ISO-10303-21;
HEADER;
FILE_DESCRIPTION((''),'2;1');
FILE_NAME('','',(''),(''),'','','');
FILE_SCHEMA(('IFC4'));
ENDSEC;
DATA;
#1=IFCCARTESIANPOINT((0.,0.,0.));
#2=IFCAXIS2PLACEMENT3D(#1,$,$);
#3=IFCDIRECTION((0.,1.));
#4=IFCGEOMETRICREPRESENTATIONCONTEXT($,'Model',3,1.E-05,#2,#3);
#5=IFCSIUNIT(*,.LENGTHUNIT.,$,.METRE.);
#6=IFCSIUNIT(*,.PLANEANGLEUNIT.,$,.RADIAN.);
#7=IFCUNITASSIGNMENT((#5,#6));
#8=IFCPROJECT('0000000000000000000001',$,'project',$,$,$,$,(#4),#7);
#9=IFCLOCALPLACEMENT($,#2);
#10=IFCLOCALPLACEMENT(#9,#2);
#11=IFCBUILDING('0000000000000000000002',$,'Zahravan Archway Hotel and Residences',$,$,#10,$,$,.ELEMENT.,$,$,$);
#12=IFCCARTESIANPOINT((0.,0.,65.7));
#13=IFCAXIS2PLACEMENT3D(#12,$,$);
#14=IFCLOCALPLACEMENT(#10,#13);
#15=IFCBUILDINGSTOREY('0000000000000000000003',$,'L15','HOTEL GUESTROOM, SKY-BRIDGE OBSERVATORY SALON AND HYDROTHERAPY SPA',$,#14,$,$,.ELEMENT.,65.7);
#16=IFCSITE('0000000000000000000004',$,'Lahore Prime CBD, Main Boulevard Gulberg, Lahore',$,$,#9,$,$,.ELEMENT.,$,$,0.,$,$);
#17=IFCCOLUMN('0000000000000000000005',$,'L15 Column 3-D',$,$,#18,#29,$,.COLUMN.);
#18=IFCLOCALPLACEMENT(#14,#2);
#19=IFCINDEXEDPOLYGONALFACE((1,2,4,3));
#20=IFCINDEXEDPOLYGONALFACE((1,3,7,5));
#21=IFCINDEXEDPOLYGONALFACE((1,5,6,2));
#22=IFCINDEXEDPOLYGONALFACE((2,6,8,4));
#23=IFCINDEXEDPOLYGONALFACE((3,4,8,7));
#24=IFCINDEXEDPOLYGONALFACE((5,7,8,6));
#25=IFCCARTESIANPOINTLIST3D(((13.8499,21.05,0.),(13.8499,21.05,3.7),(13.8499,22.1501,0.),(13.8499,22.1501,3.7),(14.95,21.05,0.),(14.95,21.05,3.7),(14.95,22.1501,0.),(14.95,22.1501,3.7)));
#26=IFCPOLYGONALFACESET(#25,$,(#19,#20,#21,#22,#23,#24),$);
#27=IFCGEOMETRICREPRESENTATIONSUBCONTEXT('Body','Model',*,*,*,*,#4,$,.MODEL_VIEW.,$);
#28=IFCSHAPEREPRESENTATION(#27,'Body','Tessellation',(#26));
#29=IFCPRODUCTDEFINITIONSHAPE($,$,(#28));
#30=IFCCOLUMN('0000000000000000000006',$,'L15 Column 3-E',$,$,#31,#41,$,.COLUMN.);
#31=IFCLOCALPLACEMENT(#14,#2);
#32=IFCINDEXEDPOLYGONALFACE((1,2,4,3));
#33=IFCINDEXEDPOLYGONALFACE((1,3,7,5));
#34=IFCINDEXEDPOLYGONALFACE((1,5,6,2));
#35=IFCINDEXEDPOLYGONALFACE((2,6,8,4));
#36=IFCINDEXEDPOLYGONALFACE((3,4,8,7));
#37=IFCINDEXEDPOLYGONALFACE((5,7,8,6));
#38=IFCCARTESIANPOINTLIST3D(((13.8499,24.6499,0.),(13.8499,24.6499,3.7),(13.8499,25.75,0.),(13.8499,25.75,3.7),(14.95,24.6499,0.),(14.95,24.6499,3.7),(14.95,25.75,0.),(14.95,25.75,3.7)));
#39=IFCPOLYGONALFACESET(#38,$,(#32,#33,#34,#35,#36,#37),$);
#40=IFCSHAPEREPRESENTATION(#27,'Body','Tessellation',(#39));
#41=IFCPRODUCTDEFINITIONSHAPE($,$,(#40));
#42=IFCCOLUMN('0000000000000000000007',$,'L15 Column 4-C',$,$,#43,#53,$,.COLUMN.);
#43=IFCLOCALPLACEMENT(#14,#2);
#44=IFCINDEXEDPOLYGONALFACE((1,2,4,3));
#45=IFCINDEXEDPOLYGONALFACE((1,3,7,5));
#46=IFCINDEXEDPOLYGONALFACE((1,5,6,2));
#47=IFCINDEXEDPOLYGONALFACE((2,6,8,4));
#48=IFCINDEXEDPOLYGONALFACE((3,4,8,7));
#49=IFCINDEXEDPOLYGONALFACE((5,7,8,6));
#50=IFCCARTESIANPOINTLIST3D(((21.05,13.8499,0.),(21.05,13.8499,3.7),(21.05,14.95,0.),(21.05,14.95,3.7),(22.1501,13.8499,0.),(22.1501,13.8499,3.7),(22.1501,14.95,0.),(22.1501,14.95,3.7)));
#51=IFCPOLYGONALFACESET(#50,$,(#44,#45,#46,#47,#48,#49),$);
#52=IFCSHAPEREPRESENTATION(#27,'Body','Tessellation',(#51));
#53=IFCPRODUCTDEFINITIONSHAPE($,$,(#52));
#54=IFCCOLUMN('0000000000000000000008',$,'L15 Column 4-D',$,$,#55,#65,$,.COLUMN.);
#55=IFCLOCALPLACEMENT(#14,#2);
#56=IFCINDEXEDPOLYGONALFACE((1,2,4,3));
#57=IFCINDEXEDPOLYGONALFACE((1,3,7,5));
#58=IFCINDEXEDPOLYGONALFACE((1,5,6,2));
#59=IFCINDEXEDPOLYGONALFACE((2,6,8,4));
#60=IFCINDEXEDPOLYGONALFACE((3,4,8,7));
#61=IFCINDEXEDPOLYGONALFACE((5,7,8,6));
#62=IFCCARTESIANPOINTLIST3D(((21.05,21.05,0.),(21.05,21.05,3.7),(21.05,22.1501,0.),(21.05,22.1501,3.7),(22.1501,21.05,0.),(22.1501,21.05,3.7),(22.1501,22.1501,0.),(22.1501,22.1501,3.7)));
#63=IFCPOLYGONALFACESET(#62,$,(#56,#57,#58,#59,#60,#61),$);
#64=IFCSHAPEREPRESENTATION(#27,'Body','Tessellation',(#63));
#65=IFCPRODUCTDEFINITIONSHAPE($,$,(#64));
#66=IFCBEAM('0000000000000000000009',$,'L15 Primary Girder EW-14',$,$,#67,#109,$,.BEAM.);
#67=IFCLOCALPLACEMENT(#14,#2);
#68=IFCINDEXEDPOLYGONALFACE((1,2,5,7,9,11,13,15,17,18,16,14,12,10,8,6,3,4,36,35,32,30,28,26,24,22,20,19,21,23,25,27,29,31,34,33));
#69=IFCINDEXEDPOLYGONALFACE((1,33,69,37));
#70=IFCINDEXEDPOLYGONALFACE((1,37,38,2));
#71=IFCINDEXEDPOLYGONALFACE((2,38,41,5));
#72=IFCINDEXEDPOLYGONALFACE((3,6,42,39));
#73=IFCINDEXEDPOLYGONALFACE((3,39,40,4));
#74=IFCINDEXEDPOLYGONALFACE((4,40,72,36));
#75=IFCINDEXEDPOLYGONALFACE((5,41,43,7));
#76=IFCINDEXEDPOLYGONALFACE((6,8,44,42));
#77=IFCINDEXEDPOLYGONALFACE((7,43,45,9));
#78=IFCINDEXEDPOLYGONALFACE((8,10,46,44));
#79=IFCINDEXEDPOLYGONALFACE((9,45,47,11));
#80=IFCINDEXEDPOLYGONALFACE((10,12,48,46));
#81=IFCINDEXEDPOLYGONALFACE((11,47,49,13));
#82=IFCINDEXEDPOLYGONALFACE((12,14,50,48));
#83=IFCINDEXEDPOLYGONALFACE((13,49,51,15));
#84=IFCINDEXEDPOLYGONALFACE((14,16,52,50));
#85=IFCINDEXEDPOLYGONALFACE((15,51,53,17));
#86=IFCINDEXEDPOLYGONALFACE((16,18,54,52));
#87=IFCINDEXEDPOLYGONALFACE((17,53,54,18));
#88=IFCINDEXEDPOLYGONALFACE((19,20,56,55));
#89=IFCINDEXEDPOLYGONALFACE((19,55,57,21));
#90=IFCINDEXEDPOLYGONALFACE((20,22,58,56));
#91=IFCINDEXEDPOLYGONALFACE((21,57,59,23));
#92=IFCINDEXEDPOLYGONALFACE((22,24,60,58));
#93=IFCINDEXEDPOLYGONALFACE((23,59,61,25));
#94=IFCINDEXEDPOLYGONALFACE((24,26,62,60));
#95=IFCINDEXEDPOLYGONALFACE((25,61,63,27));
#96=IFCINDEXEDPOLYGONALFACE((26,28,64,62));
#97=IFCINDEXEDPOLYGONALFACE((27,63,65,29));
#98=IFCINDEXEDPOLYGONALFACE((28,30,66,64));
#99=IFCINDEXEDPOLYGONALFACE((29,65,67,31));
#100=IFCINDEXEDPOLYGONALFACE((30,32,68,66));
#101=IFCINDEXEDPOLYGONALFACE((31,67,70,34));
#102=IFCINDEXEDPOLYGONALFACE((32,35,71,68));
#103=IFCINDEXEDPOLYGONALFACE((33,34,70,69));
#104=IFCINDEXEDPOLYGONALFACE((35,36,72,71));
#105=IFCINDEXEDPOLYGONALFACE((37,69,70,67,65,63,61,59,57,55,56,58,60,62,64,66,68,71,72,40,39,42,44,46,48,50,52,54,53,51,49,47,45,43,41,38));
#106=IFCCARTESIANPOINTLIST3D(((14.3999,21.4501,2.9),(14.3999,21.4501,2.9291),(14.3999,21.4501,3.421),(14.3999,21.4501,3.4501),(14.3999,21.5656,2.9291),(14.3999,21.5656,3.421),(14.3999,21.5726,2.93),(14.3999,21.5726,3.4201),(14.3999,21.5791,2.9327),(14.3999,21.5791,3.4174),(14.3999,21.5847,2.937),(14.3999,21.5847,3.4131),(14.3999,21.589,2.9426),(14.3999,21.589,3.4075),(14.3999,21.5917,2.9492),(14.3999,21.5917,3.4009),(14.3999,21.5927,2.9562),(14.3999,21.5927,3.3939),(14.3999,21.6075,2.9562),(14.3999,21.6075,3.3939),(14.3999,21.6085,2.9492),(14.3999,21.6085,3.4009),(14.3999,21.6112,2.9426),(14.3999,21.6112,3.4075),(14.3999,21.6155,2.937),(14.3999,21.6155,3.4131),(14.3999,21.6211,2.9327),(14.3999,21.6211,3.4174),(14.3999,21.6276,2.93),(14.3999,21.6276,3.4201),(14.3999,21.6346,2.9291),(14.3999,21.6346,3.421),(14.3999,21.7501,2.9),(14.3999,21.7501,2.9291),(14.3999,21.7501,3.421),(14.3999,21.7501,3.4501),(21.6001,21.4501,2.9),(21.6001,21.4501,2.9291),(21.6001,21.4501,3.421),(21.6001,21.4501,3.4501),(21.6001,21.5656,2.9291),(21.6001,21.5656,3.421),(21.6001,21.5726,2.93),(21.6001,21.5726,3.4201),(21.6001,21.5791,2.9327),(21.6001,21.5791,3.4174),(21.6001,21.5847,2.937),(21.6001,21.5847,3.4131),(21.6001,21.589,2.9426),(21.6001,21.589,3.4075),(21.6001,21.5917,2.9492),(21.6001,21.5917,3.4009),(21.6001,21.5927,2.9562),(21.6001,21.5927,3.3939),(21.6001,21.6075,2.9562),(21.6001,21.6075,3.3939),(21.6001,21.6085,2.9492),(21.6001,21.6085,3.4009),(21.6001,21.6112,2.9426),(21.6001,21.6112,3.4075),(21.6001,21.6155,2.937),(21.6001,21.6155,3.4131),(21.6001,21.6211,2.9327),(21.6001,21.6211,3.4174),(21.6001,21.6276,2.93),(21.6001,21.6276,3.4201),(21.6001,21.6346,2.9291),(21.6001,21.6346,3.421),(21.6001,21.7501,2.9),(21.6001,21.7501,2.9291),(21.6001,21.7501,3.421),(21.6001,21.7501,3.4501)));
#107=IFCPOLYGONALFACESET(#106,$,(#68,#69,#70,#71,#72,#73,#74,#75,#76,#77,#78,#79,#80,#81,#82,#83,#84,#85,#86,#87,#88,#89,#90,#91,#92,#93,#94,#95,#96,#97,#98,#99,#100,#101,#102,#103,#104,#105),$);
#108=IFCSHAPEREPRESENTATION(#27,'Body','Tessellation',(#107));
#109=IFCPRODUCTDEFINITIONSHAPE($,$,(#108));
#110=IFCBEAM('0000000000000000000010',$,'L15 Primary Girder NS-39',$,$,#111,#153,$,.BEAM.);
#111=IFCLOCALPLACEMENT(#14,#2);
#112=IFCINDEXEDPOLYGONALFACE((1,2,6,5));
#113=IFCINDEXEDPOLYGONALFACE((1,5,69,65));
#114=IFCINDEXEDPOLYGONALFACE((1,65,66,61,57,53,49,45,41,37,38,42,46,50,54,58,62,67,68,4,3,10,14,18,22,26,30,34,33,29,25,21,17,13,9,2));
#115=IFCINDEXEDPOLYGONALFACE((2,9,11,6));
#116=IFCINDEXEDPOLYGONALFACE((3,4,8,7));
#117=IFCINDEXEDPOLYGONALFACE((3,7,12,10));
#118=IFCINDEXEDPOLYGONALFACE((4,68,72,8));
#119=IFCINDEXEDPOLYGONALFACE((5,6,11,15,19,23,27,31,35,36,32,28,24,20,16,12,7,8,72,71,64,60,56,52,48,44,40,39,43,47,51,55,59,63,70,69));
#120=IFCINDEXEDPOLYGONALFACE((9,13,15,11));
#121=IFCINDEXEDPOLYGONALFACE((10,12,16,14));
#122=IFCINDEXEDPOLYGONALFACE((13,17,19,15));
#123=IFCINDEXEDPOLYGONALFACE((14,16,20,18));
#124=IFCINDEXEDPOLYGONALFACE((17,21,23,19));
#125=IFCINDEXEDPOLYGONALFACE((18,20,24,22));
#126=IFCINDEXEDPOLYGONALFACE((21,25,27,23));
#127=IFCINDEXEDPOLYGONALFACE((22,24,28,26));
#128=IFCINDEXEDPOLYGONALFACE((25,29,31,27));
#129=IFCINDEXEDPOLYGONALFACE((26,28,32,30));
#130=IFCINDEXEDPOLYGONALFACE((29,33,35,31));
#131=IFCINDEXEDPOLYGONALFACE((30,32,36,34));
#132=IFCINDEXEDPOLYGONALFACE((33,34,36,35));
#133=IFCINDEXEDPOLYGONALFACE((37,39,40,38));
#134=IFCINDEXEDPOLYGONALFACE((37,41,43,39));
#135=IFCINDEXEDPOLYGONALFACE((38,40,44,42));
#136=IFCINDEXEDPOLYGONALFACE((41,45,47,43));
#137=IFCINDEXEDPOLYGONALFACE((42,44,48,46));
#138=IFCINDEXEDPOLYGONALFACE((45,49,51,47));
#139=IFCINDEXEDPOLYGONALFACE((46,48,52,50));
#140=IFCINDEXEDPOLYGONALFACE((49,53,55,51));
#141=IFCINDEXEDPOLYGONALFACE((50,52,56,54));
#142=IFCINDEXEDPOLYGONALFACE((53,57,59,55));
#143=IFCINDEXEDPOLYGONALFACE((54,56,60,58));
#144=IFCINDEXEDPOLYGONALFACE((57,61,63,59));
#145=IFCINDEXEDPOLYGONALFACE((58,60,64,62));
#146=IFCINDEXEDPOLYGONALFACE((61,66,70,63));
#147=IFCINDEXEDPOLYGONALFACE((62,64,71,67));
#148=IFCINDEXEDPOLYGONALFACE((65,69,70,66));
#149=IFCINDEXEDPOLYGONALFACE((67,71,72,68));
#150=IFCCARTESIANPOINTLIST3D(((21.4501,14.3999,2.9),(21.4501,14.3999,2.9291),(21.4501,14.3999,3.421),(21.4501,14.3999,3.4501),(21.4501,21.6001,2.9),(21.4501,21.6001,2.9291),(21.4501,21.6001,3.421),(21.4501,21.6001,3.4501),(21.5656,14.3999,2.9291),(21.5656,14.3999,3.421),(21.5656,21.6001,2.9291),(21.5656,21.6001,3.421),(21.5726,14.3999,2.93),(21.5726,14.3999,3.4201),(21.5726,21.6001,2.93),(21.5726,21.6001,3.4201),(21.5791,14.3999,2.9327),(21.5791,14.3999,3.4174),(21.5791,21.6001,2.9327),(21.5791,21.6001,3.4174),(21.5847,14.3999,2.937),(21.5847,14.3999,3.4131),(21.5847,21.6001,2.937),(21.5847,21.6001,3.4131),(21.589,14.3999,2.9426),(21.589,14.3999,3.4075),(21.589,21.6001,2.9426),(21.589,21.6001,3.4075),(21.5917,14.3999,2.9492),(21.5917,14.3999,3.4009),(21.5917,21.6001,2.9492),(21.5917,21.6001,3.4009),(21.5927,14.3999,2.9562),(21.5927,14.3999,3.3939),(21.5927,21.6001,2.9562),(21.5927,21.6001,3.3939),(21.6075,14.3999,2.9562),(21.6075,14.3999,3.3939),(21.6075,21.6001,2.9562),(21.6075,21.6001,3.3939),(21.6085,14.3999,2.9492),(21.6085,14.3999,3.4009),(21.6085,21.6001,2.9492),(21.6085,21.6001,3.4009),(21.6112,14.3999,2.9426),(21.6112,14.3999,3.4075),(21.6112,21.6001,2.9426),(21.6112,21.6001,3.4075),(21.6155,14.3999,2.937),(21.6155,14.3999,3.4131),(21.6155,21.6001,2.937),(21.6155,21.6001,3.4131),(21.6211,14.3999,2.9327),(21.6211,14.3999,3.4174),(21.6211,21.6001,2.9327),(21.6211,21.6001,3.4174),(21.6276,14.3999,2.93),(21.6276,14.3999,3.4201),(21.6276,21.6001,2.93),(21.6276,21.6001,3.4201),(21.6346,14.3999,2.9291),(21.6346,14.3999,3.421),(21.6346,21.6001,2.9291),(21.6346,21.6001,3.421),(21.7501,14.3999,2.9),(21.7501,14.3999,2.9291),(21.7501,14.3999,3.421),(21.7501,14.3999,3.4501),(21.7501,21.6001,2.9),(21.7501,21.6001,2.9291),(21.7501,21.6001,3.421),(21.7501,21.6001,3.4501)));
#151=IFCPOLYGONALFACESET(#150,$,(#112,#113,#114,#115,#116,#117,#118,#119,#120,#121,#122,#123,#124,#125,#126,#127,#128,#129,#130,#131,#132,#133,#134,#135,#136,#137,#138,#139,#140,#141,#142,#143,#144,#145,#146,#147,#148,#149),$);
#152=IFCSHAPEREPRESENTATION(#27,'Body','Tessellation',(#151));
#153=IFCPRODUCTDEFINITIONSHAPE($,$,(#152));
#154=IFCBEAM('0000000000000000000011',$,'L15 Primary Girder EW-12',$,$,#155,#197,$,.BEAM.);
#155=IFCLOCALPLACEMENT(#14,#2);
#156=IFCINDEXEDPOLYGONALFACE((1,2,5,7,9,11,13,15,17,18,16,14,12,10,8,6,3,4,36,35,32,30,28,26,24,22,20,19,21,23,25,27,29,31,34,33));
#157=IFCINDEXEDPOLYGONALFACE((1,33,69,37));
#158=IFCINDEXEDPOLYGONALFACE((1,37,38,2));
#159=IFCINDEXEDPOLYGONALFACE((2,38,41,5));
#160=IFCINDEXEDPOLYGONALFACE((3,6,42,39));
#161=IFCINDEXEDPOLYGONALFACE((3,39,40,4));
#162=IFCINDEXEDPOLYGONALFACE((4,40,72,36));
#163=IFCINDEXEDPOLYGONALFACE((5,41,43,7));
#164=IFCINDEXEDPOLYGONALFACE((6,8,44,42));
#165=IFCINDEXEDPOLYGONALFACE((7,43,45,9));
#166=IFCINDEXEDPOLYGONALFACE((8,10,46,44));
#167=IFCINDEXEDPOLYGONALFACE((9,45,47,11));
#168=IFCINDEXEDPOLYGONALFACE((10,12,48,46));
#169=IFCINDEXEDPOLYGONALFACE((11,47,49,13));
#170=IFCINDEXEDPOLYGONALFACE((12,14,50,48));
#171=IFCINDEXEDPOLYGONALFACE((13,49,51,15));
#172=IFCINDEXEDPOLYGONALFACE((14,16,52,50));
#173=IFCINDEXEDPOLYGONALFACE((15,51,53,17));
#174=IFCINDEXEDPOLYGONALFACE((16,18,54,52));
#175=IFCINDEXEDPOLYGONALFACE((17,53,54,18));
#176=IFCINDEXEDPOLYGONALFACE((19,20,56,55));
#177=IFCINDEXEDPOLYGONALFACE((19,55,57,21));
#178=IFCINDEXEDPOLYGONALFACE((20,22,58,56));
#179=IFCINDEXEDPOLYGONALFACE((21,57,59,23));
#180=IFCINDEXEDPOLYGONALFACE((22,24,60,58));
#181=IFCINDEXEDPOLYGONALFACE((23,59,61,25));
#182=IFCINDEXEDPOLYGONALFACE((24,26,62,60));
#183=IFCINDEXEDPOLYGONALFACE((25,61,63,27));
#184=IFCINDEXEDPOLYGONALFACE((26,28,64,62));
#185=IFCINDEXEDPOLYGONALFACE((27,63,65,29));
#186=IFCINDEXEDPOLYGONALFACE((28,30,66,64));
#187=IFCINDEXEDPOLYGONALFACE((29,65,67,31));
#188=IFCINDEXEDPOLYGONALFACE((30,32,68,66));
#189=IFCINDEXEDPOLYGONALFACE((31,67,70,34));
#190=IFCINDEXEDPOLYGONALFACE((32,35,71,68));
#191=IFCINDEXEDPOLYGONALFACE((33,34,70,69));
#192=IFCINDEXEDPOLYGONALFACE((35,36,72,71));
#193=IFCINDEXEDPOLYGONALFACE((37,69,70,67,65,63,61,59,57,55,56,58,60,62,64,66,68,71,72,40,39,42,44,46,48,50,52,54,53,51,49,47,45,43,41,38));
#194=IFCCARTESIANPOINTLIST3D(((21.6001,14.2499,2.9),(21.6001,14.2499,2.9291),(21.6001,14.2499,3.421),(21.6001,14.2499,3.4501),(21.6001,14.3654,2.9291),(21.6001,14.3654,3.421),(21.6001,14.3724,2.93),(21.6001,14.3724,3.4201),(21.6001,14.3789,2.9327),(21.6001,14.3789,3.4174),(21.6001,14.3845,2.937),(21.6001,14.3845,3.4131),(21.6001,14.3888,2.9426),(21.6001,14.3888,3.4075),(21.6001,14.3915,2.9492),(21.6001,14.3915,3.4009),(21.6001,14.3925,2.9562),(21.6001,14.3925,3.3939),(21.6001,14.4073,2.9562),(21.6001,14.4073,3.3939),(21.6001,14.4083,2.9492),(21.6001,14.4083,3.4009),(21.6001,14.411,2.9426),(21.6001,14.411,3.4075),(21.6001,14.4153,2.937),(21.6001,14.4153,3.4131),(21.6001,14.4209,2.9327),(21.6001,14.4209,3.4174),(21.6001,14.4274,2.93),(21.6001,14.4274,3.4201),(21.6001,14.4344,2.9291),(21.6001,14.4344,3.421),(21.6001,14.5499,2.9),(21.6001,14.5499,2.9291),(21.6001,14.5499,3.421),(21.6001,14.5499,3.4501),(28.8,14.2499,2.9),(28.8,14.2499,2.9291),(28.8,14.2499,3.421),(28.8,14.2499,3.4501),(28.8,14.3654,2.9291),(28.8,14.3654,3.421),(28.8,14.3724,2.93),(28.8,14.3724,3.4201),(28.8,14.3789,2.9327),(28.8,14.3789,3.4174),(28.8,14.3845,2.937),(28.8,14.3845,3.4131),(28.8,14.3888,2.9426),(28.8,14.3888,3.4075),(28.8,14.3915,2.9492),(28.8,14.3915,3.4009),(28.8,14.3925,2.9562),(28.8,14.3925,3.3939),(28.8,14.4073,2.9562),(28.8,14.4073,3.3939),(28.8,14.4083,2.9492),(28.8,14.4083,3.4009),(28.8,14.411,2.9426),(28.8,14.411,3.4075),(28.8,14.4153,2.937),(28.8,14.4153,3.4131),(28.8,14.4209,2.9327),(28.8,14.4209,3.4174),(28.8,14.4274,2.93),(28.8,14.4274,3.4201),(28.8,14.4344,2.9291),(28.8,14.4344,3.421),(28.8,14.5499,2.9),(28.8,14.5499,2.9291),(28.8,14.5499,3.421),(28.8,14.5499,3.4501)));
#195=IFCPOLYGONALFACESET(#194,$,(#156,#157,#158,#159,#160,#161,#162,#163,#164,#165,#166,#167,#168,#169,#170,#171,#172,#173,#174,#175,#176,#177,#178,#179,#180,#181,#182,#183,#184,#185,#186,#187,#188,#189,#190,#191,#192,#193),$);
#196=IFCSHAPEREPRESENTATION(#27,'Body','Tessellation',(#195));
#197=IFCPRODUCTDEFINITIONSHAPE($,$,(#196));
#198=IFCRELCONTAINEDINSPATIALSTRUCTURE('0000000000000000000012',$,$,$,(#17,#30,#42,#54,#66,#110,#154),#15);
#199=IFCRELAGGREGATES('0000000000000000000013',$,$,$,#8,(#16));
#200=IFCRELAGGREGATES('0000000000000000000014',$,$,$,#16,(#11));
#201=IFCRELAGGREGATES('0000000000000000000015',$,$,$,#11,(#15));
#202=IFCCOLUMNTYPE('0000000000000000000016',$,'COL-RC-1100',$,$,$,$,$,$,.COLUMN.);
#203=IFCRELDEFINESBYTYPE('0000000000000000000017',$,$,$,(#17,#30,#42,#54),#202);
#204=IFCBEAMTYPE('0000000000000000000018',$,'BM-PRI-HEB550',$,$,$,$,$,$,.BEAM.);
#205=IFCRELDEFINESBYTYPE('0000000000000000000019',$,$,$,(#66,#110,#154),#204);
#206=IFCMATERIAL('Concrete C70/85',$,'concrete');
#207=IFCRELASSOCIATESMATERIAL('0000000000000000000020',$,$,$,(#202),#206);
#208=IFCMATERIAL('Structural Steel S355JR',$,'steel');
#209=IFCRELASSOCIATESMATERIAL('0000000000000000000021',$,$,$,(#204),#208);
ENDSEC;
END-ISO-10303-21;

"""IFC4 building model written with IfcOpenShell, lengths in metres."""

from ifc_helpers import new_model, si_unit, direction, frame, origin, origin_2d, place, context, subcontext, project, spatial, rectangle, i_section, extrude, source, transform, mapped, material, material_profile, profile_set, type_object, type_shapes, element, save


model = new_model("IFC4")

# Units and contexts
model_context = context("Model", 3, precision=1e-05, world=origin(), true_north=direction((0.0, 1.0)))
body_context = subcontext(model_context, "Body", "Model", "MODEL_VIEW")
ifc_project = project(units=[si_unit("LENGTHUNIT", "METRE"), si_unit("PLANEANGLEUNIT", "RADIAN")], contexts=[model_context])

# Site, building, storey
site_placement = place(None, origin())
site = spatial("IfcSite", under=ifc_project, at=site_placement, Name="Lahore Prime CBD, Main Boulevard Gulberg, Lahore", CompositionType="ELEMENT", RefElevation=0.0)
building_placement = place(site_placement, origin())
building = spatial("IfcBuilding", under=site, at=building_placement, Name="Zahravan Archway Hotel and Residences", CompositionType="ELEMENT")
storey_placement = place(building_placement, frame((0.0, 0.0, 65.7)))
storey = spatial("IfcBuildingStorey", under=building, at=storey_placement, Name="L15", Description="HOTEL GUESTROOM, SKY-BRIDGE OBSERVATORY SALON AND HYDROTHERAPY SPA", CompositionType="ELEMENT", Elevation=65.7)

# Columns
ifc_material_1 = material(Name="Concrete C70/85", Category="concrete")
ifc_material_profile_1 = material_profile(ifc_material_1, rectangle(XDim=1.1001, YDim=1.1001, at=origin_2d()), Name="RC 1100x1100", Category="concrete")
ifc_profile_set_1 = profile_set([ifc_material_profile_1], Name="Concrete C70/85")
column_type = type_object("IfcColumnType", Name="COL-RC-1100", PredefinedType="COLUMN", material=ifc_profile_set_1)
shared_shape_1 = source(origin(), body_context, "Body", "SweptSolid", [
    extrude(rectangle(XDim=1.1001, YDim=1.1001, at=origin_2d()), origin(), (0.0, 0.0, 1.0), 3.7),
])
for number, where, z_axis, x_axis, name in (
    (1, (14.3999, 21.6001, 0.0), (0.0, 0.0, 1.0), (1.0, 0.0, 0.0), "L15 Column 3-D"),
    (2, (14.3999, 25.2, 0.0), (0.0, 0.0, 1.0), (1.0, 0.0, 0.0), "L15 Column 3-E"),
    (3, (21.6001, 14.3999, 0.0), (0.0, 0.0, 1.0), (1.0, 0.0, 0.0), "L15 Column 4-C"),
    (4, (21.6001, 21.6001, 0.0), (0.0, 0.0, 1.0), (1.0, 0.0, 0.0), "L15 Column 4-D"),
):
    element("IfcColumn", number, at=place(storey_placement, frame(where, z_axis=z_axis, x_axis=x_axis)), inside=storey, type_object=column_type, Name=name, PredefinedType="COLUMN", context=body_context, shape_type="MappedRepresentation", body=[
        mapped(shared_shape_1, transform((0.0, 0.0, 0.0), scale=1.0)),
    ])

# Beams
ifc_material_2 = material(Name="Structural Steel S355JR", Category="steel")
ifc_material_profile_2 = material_profile(ifc_material_2, i_section(OverallWidth=0.3, OverallDepth=0.55, WebThickness=0.0149, FlangeThickness=0.0291, FilletRadius=0.0271, at=origin_2d()), Name="HEB 550", Category="steel")
ifc_profile_set_2 = profile_set([ifc_material_profile_2], Name="Structural Steel S355JR")
beam_type_1 = type_object("IfcBeamType", Name="BM-PRI-HEB550", PredefinedType="BEAM", material=ifc_profile_set_2)
shared_shape_2 = source(origin(), body_context, "Body", "SweptSolid", [
    extrude(i_section(OverallWidth=0.3, OverallDepth=0.55, WebThickness=0.0149, FlangeThickness=0.0291, FilletRadius=0.0271, at=origin_2d()), origin(), (0.0, 0.0, 1.0), 7.2002),
])
type_shapes(beam_type_1, [shared_shape_2])
for number, where, z_axis, x_axis, name in (
    (5, (14.3999, 21.6001, 3.175), (1.0, 0.0, 0.0), (0.0, 1.0, 0.0), "L15 Primary Girder EW-14"),
    (6, (21.6001, 14.3999, 3.175), (0.0, 1.0, 0.0), (-1.0, 0.0, 0.0), "L15 Primary Girder NS-39"),
):
    element("IfcBeam", number, at=place(storey_placement, frame(where, z_axis=z_axis, x_axis=x_axis)), inside=storey, type_object=beam_type_1, Name=name, PredefinedType="BEAM", context=body_context, shape_type="MappedRepresentation", body=[
        mapped(shared_shape_2, transform((0.0, 0.0, 0.0), scale=1.0)),
    ])
shared_shape_3 = source(origin(), body_context, "Body", "SweptSolid", [
    extrude(i_section(OverallWidth=0.3, OverallDepth=0.55, WebThickness=0.0149, FlangeThickness=0.0291, FilletRadius=0.0271, at=origin_2d()), origin(), (0.0, 0.0, 1.0), 7.2),
])
for number, where, z_axis, x_axis, name in (
    (7, (21.6001, 14.3999, 3.175), (1.0, 0.0, 0.0), (0.0, 1.0, 0.0), "L15 Primary Girder EW-12"),
):
    element("IfcBeam", number, at=place(storey_placement, frame(where, z_axis=z_axis, x_axis=x_axis)), inside=storey, type_object=beam_type_1, Name=name, PredefinedType="BEAM", context=body_context, shape_type="MappedRepresentation", body=[
        mapped(shared_shape_3, transform((0.0, 0.0, 0.0), scale=1.0)),
    ])

save(model, "model.ifc")
